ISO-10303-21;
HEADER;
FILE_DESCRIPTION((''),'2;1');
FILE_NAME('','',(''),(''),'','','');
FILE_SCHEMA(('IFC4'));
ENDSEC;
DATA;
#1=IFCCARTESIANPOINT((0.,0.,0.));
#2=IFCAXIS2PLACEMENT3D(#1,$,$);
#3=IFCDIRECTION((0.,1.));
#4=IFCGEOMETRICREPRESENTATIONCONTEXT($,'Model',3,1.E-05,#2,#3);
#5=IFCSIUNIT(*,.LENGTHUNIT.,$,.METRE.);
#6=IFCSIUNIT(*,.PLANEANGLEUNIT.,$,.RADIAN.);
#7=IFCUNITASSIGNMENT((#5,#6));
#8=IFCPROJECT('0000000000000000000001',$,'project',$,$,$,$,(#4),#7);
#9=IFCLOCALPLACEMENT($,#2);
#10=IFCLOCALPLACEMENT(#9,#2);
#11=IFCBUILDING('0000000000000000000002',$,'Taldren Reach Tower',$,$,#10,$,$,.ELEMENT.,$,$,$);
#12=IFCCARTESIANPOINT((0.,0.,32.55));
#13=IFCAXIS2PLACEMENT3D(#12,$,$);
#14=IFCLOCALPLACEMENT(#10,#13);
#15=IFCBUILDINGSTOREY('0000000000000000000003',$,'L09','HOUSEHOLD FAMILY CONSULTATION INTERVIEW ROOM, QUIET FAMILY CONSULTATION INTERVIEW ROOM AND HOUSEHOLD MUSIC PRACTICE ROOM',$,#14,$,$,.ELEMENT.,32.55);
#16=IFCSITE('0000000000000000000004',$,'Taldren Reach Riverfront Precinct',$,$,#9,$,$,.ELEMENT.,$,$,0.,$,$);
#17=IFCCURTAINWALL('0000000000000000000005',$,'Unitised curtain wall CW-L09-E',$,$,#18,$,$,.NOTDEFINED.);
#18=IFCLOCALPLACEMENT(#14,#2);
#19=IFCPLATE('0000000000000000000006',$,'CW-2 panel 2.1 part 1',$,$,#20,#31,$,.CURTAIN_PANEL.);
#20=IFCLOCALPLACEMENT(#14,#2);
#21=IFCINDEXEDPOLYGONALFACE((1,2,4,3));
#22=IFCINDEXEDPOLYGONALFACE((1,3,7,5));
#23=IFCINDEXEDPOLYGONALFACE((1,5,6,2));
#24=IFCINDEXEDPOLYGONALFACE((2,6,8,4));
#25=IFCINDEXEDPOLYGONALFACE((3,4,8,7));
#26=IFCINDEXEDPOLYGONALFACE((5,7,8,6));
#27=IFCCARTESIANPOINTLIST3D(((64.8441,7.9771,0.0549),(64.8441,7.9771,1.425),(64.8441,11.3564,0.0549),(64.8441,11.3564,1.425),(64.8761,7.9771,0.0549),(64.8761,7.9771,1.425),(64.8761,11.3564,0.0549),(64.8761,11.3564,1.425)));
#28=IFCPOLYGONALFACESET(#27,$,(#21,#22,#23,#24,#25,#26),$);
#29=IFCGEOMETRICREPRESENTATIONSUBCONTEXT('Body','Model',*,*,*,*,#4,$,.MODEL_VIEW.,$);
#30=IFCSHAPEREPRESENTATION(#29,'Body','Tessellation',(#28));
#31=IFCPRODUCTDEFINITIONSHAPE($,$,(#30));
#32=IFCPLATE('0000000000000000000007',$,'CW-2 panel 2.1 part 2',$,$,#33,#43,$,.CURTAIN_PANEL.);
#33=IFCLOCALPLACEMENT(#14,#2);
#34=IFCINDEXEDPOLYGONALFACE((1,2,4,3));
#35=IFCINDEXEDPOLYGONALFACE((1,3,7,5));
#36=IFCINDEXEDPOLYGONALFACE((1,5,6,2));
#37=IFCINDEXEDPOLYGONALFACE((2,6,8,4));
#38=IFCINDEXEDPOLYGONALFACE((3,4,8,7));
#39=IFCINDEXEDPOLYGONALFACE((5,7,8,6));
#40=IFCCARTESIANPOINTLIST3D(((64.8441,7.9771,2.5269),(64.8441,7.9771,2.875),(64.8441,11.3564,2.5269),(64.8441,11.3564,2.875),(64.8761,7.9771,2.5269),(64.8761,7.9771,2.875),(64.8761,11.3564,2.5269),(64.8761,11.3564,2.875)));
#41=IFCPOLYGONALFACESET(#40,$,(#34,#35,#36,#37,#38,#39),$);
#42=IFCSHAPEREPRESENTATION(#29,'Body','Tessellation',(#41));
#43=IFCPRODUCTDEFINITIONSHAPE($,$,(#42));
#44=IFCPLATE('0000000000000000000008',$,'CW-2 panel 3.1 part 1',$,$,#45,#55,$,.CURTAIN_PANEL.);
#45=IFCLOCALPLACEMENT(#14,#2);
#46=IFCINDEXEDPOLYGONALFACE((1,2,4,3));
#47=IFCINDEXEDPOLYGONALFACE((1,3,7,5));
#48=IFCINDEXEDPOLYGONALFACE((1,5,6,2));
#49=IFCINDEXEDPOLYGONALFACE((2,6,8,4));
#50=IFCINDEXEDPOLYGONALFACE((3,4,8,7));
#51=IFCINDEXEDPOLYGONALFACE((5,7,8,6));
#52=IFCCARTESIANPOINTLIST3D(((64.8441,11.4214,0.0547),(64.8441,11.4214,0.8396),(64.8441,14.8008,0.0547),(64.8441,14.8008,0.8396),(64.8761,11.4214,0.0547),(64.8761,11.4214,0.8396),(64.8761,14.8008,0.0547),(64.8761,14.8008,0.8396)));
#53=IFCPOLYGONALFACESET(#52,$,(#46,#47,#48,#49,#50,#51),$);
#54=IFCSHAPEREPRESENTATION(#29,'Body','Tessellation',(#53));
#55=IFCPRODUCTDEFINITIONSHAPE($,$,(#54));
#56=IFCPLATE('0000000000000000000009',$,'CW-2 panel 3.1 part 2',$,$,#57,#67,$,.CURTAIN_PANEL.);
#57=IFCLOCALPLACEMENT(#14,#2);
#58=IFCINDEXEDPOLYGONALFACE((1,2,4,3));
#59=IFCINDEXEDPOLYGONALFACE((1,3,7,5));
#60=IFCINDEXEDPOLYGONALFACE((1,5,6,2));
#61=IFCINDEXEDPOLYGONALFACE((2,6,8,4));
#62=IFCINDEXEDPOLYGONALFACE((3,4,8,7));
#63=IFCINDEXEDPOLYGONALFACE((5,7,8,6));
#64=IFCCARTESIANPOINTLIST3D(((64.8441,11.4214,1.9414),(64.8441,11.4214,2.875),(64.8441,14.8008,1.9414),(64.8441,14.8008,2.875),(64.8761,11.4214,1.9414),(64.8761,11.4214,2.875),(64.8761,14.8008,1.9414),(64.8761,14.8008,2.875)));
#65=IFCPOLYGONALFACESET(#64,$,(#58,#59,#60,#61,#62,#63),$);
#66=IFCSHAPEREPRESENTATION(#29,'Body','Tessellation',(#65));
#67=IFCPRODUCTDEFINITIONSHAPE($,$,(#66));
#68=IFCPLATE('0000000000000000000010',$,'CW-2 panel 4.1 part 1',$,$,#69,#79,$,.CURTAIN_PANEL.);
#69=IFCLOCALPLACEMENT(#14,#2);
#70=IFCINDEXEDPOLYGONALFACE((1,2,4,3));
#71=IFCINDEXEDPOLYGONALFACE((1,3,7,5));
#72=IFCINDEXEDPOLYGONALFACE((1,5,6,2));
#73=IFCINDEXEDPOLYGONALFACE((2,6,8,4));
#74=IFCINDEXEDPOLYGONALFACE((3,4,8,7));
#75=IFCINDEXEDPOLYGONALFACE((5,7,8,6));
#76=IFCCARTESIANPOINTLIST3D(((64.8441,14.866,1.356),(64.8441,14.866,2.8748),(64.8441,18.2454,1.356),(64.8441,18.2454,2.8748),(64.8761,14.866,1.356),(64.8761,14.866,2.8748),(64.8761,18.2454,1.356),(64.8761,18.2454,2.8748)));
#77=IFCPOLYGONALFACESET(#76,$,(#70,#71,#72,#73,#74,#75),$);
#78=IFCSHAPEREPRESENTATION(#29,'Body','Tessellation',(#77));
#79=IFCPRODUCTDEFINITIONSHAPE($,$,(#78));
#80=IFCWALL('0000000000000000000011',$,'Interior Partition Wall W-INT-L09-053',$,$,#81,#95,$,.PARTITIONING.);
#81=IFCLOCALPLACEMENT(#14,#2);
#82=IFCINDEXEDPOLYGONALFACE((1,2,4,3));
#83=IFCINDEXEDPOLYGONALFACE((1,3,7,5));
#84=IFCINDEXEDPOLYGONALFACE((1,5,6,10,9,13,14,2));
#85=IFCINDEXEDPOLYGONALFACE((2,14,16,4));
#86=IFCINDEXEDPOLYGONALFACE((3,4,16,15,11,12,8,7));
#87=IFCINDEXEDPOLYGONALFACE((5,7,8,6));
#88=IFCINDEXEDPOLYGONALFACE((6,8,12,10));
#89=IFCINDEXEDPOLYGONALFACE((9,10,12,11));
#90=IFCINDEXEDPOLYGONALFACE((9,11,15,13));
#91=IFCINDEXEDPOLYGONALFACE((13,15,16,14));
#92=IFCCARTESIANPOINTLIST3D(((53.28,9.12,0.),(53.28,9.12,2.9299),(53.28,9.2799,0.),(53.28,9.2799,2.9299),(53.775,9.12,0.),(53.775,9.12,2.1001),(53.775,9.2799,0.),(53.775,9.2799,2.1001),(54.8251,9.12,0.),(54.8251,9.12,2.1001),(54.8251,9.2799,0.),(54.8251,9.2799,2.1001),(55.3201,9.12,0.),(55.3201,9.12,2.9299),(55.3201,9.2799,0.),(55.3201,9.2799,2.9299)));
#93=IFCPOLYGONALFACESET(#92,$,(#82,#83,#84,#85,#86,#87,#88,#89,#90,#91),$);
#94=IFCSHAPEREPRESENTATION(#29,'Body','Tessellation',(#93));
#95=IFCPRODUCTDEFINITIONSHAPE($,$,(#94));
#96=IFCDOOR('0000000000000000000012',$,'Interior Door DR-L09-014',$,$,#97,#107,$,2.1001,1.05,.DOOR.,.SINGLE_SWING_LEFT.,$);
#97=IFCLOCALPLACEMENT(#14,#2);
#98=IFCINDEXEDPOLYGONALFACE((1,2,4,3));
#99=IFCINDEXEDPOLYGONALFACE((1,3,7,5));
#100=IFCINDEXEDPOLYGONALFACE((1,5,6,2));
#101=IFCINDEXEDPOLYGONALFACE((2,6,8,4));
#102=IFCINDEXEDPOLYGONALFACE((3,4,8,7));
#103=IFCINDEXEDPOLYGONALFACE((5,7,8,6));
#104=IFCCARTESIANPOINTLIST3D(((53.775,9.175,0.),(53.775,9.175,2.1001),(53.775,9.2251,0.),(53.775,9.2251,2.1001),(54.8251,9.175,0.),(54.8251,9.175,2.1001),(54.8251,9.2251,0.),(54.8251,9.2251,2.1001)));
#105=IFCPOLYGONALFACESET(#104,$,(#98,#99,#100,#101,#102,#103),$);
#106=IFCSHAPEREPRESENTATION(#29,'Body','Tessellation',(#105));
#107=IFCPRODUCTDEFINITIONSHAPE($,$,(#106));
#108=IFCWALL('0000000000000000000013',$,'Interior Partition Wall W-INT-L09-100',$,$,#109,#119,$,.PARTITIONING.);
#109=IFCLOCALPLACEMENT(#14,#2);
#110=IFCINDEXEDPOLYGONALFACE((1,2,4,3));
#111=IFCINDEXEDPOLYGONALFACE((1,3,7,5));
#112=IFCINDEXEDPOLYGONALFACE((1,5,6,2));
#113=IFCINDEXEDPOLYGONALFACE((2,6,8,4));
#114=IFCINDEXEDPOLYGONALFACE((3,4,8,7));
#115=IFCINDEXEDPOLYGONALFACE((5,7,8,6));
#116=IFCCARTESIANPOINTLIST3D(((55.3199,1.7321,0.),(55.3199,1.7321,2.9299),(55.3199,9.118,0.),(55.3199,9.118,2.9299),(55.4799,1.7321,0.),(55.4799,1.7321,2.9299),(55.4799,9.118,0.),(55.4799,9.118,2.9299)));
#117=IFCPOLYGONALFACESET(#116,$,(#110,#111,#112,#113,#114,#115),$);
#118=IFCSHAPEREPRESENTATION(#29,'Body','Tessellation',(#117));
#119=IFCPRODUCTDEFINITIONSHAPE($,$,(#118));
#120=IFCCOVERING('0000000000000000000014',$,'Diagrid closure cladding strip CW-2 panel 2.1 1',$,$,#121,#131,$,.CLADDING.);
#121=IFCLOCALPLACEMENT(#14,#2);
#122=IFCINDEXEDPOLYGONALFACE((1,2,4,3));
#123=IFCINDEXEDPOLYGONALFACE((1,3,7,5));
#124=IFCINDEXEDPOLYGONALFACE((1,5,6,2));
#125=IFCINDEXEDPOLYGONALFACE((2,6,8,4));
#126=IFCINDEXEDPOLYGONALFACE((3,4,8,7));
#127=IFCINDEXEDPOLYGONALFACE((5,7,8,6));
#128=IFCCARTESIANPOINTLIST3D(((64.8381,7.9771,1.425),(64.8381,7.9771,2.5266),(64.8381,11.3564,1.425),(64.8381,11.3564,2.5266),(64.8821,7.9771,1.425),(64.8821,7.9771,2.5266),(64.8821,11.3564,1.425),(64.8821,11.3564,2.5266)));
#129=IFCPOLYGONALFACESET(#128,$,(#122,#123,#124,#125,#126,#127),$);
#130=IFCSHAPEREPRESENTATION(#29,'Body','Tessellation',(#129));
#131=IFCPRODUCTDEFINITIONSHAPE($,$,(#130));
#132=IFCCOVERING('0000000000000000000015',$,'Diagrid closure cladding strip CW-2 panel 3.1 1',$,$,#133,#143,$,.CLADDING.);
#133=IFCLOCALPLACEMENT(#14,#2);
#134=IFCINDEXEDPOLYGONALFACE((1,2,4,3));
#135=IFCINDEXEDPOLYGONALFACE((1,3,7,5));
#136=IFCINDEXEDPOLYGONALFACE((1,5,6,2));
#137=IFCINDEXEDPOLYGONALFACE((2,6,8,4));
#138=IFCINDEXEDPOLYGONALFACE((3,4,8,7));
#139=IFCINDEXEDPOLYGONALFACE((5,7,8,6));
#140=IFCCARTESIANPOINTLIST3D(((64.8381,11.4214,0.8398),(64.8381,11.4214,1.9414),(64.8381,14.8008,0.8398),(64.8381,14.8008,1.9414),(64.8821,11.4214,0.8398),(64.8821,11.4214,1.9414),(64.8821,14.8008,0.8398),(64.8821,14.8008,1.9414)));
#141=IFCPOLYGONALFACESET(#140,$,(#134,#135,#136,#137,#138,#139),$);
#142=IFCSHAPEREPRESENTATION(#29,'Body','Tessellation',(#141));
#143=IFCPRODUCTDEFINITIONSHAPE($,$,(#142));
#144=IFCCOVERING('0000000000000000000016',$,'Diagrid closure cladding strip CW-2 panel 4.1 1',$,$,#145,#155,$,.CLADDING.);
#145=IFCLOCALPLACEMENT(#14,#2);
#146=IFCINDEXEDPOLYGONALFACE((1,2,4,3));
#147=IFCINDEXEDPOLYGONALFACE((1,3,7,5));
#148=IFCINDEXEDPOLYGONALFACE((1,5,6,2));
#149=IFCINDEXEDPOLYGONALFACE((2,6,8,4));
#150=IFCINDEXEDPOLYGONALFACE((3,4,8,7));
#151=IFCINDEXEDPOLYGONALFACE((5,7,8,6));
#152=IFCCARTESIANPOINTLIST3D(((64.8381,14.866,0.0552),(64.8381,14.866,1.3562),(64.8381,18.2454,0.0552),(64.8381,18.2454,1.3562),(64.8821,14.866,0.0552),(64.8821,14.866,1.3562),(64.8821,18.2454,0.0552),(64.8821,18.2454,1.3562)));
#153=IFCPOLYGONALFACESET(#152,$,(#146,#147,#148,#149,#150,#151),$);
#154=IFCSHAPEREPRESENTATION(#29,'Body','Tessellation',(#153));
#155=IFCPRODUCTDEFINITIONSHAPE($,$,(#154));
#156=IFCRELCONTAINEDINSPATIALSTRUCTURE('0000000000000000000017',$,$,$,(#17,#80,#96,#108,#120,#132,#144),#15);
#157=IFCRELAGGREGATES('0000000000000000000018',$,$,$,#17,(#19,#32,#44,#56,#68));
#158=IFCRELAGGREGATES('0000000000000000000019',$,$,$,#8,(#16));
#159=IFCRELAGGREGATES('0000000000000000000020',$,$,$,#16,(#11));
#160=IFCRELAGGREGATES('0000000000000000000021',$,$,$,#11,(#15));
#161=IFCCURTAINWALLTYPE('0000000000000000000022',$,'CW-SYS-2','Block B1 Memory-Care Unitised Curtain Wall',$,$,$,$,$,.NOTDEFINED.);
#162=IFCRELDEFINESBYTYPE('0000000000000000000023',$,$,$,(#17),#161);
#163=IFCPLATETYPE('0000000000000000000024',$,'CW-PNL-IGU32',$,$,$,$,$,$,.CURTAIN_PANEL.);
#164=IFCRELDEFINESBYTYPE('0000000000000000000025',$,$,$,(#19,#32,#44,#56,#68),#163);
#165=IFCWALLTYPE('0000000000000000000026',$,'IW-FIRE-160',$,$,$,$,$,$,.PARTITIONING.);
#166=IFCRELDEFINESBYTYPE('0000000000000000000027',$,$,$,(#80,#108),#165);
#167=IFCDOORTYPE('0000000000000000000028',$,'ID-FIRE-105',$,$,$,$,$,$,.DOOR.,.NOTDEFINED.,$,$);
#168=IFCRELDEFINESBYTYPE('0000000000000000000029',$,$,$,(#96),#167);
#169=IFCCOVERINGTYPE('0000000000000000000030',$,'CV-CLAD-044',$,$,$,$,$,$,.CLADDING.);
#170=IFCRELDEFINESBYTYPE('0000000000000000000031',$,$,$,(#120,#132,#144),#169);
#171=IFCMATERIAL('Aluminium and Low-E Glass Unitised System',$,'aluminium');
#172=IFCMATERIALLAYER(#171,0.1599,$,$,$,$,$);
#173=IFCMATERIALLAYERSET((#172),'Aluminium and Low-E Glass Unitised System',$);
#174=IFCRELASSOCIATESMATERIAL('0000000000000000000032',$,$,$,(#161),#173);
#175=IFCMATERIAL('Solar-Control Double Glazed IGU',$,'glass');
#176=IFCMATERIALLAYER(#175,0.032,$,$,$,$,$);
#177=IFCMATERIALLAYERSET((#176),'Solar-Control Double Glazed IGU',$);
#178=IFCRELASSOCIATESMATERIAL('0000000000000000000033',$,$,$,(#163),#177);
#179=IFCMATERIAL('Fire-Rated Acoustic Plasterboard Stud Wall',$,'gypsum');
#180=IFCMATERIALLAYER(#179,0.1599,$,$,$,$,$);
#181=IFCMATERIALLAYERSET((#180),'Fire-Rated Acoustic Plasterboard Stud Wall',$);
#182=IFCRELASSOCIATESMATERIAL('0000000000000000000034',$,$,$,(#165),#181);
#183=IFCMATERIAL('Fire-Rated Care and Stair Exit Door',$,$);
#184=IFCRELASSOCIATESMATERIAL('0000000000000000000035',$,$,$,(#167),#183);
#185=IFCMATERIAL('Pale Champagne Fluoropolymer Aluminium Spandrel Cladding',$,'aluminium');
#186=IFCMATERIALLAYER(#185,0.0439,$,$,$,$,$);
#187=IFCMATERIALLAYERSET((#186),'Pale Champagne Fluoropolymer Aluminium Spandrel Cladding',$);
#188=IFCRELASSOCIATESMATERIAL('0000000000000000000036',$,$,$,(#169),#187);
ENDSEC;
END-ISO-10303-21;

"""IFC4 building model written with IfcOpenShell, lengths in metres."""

from ifc_helpers import new_model, si_unit, direction, frame, frame_2d, origin, origin_2d, place, context, subcontext, project, spatial, rectangle, extrude, source, transform, mapped, material, layer, layer_set, type_object, element, fill, aggregate, save


model = new_model("IFC4")

# Units and contexts
model_context = context("Model", 3, precision=1e-05, world=origin(), true_north=direction((0.0, 1.0)))
body_context = subcontext(model_context, "Body", "Model", "MODEL_VIEW")
ifc_project = project(units=[si_unit("LENGTHUNIT", "METRE"), si_unit("PLANEANGLEUNIT", "RADIAN")], contexts=[model_context])

# Site, building, storey
site_placement = place(None, origin())
site = spatial("IfcSite", under=ifc_project, at=site_placement, Name="Taldren Reach Riverfront Precinct", CompositionType="ELEMENT", RefElevation=0.0)
building_placement = place(site_placement, origin())
building = spatial("IfcBuilding", under=site, at=building_placement, Name="Taldren Reach Tower", CompositionType="ELEMENT")
storey_placement = place(building_placement, frame((0.0, 0.0, 32.55)))
storey = spatial("IfcBuildingStorey", under=building, at=storey_placement, Name="L09", Description="HOUSEHOLD FAMILY CONSULTATION INTERVIEW ROOM, QUIET FAMILY CONSULTATION INTERVIEW ROOM AND HOUSEHOLD MUSIC PRACTICE ROOM", CompositionType="ELEMENT", Elevation=32.55)

# Curtain wall, plates
ifc_material_1 = material(Name="Aluminium and Low-E Glass Unitised System", Category="aluminium")
ifc_layer_1 = layer(ifc_material_1, 0.1599)
ifc_layer_set_1 = layer_set([ifc_layer_1], Name="Aluminium and Low-E Glass Unitised System")
curtain_wall_type = type_object("IfcCurtainWallType", Name="CW-SYS-2", Description="Block B1 Memory-Care Unitised Curtain Wall", PredefinedType="NOTDEFINED", material=ifc_layer_set_1)
curtain_wall_placement = place(storey_placement, origin())
curtain_wall = element("IfcCurtainWall", 1, at=curtain_wall_placement, inside=storey, type_object=curtain_wall_type, Name="Unitised curtain wall CW-L09-E", PredefinedType="NOTDEFINED")
ifc_material_2 = material(Name="Solar-Control Double Glazed IGU", Category="glass")
ifc_layer_2 = layer(ifc_material_2, 0.032)
ifc_layer_set_2 = layer_set([ifc_layer_2], Name="Solar-Control Double Glazed IGU")
plate_type = type_object("IfcPlateType", Name="CW-PNL-IGU32", PredefinedType="CURTAIN_PANEL", material=ifc_layer_set_2)
shared_shape_1 = source(origin(), body_context, "Body", "SweptSolid", [
    extrude(rectangle(XDim=3.3794, YDim=0.032, at=origin_2d()), origin(), (0.0, 0.0, 1.0), 1.3701),
])
plate_1_placement = place(storey_placement, frame((64.8601, 9.6667, 0.0549), z_axis=(0.0, 0.0, 1.0), x_axis=(0.0, 1.0, 0.0)))
plate_1 = element("IfcPlate", 2, at=plate_1_placement, type_object=plate_type, Name="CW-2 panel 2.1 part 1", PredefinedType="CURTAIN_PANEL", context=body_context, shape_type="MappedRepresentation", body=[
    mapped(shared_shape_1, transform((0.0, 0.0, 0.0), scale=1.0)),
])
shared_shape_2 = source(origin(), body_context, "Body", "SweptSolid", [
    extrude(rectangle(XDim=3.3794, YDim=0.032, at=origin_2d()), origin(), (0.0, 0.0, 1.0), 0.3481),
])
plate_2_placement = place(storey_placement, frame((64.8601, 9.6667, 2.5269), z_axis=(0.0, 0.0, 1.0), x_axis=(0.0, 1.0, 0.0)))
plate_2 = element("IfcPlate", 3, at=plate_2_placement, type_object=plate_type, Name="CW-2 panel 2.1 part 2", PredefinedType="CURTAIN_PANEL", context=body_context, shape_type="MappedRepresentation", body=[
    mapped(shared_shape_2, transform((0.0, 0.0, 0.0), scale=1.0)),
])
shared_shape_3 = source(origin(), body_context, "Body", "SweptSolid", [
    extrude(rectangle(XDim=3.3794, YDim=0.032, at=origin_2d()), origin(), (0.0, 0.0, 1.0), 0.7849),
])
plate_3_placement = place(storey_placement, frame((64.8601, 13.1111, 0.0547), z_axis=(0.0, 0.0, 1.0), x_axis=(0.0, 1.0, 0.0)))
plate_3 = element("IfcPlate", 4, at=plate_3_placement, type_object=plate_type, Name="CW-2 panel 3.1 part 1", PredefinedType="CURTAIN_PANEL", context=body_context, shape_type="MappedRepresentation", body=[
    mapped(shared_shape_3, transform((0.0, 0.0, 0.0), scale=1.0)),
])
shared_shape_4 = source(origin(), body_context, "Body", "SweptSolid", [
    extrude(rectangle(XDim=3.3794, YDim=0.032, at=origin_2d()), origin(), (0.0, 0.0, 1.0), 0.9336),
])
plate_4_placement = place(storey_placement, frame((64.8601, 13.1111, 1.9414), z_axis=(0.0, 0.0, 1.0), x_axis=(0.0, 1.0, 0.0)))
plate_4 = element("IfcPlate", 5, at=plate_4_placement, type_object=plate_type, Name="CW-2 panel 3.1 part 2", PredefinedType="CURTAIN_PANEL", context=body_context, shape_type="MappedRepresentation", body=[
    mapped(shared_shape_4, transform((0.0, 0.0, 0.0), scale=1.0)),
])
shared_shape_5 = source(origin(), body_context, "Body", "SweptSolid", [
    extrude(rectangle(XDim=3.3794, YDim=0.032, at=origin_2d()), origin(), (0.0, 0.0, 1.0), 1.5188),
])
plate_5_placement = place(storey_placement, frame((64.8601, 16.5557, 1.356), z_axis=(0.0, 0.0, 1.0), x_axis=(0.0, 1.0, 0.0)))
plate_5 = element("IfcPlate", 6, at=plate_5_placement, type_object=plate_type, Name="CW-2 panel 4.1 part 1", PredefinedType="CURTAIN_PANEL", context=body_context, shape_type="MappedRepresentation", body=[
    mapped(shared_shape_5, transform((0.0, 0.0, 0.0), scale=1.0)),
])
aggregate(curtain_wall, [plate_1, plate_2, plate_3, plate_4, plate_5])

# Wall, opening, door
ifc_material_3 = material(Name="Fire-Rated Acoustic Plasterboard Stud Wall", Category="gypsum")
ifc_layer_3 = layer(ifc_material_3, 0.1599)
ifc_layer_set_3 = layer_set([ifc_layer_3], Name="Fire-Rated Acoustic Plasterboard Stud Wall")
wall_type = type_object("IfcWallType", Name="IW-FIRE-160", PredefinedType="PARTITIONING", material=ifc_layer_set_3)
shared_shape_6 = source(origin(), body_context, "Body", "SweptSolid", [
    extrude(rectangle(XDim=2.04, YDim=0.1599, at=frame_2d((1.02, 0.0))), origin(), (0.0, 0.0, 1.0), 2.9299),
])
wall_1_placement = place(storey_placement, frame((55.3201, 9.2, 0.0), z_axis=(0.0, 0.0, 1.0), x_axis=(-1.0, 0.0, 0.0)))
wall_1 = element("IfcWall", 7, at=wall_1_placement, inside=storey, type_object=wall_type, Name="Interior Partition Wall W-INT-L09-053", PredefinedType="PARTITIONING", context=body_context, shape_type="MappedRepresentation", body=[
    mapped(shared_shape_6, transform((0.0, 0.0, 0.0), scale=1.0)),
])
shared_shape_7 = source(origin(), body_context, "Body", "SweptSolid", [
    extrude(rectangle(XDim=1.05, YDim=2.1001, at=frame_2d((0.5249, 1.05))), frame((0.0, 0.0898, 0.0), z_axis=(0.0, -1.0, 0.0), x_axis=(1.0, 0.0, 0.0)), (0.0, 0.0, 1.0), 0.1799),
])
opening_placement = place(wall_1_placement, frame((0.4951, 0.0, 0.0)))
opening = element("IfcOpeningElement", 8, at=opening_placement, cuts=wall_1, PredefinedType="OPENING", context=body_context, shape_type="MappedRepresentation", body=[
    mapped(shared_shape_7, transform((0.0, 0.0, 0.0), scale=1.0)),
])
ifc_material_4 = material(Name="Fire-Rated Care and Stair Exit Door")
door_type = type_object("IfcDoorType", Name="ID-FIRE-105", OperationType="NOTDEFINED", PredefinedType="DOOR", material=ifc_material_4)
shared_shape_8 = source(origin(), body_context, "Body", "SweptSolid", [
    extrude(rectangle(XDim=1.05, YDim=2.1001, at=frame_2d((0.5249, 1.05))), frame((0.0, 0.0249, 0.0), z_axis=(0.0, -1.0, 0.0), x_axis=(1.0, 0.0, 0.0)), (0.0, 0.0, 1.0), 0.05),
])
door_placement = place(opening_placement, origin())
door = element("IfcDoor", 9, at=door_placement, inside=storey, type_object=door_type, Name="Interior Door DR-L09-014", OperationType="SINGLE_SWING_LEFT", OverallHeight=2.1001, OverallWidth=1.05, PredefinedType="DOOR", context=body_context, shape_type="MappedRepresentation", body=[
    mapped(shared_shape_8, transform((0.0, 0.0, 0.0), scale=1.0)),
])
fill(opening, door)

# Wall
shared_shape_9 = source(origin(), body_context, "Body", "SweptSolid", [
    extrude(rectangle(XDim=7.386, YDim=0.1599, at=frame_2d((3.6929, 0.0))), origin(), (0.0, 0.0, 1.0), 2.9299),
])
wall_2_placement = place(storey_placement, frame((55.3999, 9.1179, 0.0), z_axis=(0.0, 0.0, 1.0), x_axis=(0.0, -1.0, 0.0)))
element("IfcWall", 10, at=wall_2_placement, inside=storey, type_object=wall_type, Name="Interior Partition Wall W-INT-L09-100", PredefinedType="PARTITIONING", context=body_context, shape_type="MappedRepresentation", body=[
    mapped(shared_shape_9, transform((0.0, 0.0, 0.0), scale=1.0)),
])

# Coverings
ifc_material_5 = material(Name="Pale Champagne Fluoropolymer Aluminium Spandrel Cladding", Category="aluminium")
ifc_layer_4 = layer(ifc_material_5, 0.0439)
ifc_layer_set_4 = layer_set([ifc_layer_4], Name="Pale Champagne Fluoropolymer Aluminium Spandrel Cladding")
covering_type = type_object("IfcCoveringType", Name="CV-CLAD-044", PredefinedType="CLADDING", material=ifc_layer_set_4)
shared_shape_10 = source(origin(), body_context, "Body", "SweptSolid", [
    extrude(rectangle(XDim=3.3794, YDim=0.0439, at=origin_2d()), origin(), (0.0, 0.0, 1.0), 1.1016),
])
for number, where, z_axis, x_axis, name in (
    (11, (64.8601, 9.6667, 1.425), (0.0, 0.0, 1.0), (0.0, 1.0, 0.0), "Diagrid closure cladding strip CW-2 panel 2.1 1"),
    (12, (64.8601, 13.1111, 0.8398), (0.0, 0.0, 1.0), (0.0, 1.0, 0.0), "Diagrid closure cladding strip CW-2 panel 3.1 1"),
):
    element("IfcCovering", number, at=place(storey_placement, frame(where, z_axis=z_axis, x_axis=x_axis)), inside=storey, type_object=covering_type, Name=name, PredefinedType="CLADDING", context=body_context, shape_type="MappedRepresentation", body=[
        mapped(shared_shape_10, transform((0.0, 0.0, 0.0), scale=1.0)),
    ])
shared_shape_11 = source(origin(), body_context, "Body", "SweptSolid", [
    extrude(rectangle(XDim=3.3794, YDim=0.0439, at=origin_2d()), origin(), (0.0, 0.0, 1.0), 1.301),
])
covering_placement = place(storey_placement, frame((64.8601, 16.5557, 0.0552), z_axis=(0.0, 0.0, 1.0), x_axis=(0.0, 1.0, 0.0)))
element("IfcCovering", 13, at=covering_placement, inside=storey, type_object=covering_type, Name="Diagrid closure cladding strip CW-2 panel 4.1 1", PredefinedType="CLADDING", context=body_context, shape_type="MappedRepresentation", body=[
    mapped(shared_shape_11, transform((0.0, 0.0, 0.0), scale=1.0)),
])

save(model, "model.ifc")
